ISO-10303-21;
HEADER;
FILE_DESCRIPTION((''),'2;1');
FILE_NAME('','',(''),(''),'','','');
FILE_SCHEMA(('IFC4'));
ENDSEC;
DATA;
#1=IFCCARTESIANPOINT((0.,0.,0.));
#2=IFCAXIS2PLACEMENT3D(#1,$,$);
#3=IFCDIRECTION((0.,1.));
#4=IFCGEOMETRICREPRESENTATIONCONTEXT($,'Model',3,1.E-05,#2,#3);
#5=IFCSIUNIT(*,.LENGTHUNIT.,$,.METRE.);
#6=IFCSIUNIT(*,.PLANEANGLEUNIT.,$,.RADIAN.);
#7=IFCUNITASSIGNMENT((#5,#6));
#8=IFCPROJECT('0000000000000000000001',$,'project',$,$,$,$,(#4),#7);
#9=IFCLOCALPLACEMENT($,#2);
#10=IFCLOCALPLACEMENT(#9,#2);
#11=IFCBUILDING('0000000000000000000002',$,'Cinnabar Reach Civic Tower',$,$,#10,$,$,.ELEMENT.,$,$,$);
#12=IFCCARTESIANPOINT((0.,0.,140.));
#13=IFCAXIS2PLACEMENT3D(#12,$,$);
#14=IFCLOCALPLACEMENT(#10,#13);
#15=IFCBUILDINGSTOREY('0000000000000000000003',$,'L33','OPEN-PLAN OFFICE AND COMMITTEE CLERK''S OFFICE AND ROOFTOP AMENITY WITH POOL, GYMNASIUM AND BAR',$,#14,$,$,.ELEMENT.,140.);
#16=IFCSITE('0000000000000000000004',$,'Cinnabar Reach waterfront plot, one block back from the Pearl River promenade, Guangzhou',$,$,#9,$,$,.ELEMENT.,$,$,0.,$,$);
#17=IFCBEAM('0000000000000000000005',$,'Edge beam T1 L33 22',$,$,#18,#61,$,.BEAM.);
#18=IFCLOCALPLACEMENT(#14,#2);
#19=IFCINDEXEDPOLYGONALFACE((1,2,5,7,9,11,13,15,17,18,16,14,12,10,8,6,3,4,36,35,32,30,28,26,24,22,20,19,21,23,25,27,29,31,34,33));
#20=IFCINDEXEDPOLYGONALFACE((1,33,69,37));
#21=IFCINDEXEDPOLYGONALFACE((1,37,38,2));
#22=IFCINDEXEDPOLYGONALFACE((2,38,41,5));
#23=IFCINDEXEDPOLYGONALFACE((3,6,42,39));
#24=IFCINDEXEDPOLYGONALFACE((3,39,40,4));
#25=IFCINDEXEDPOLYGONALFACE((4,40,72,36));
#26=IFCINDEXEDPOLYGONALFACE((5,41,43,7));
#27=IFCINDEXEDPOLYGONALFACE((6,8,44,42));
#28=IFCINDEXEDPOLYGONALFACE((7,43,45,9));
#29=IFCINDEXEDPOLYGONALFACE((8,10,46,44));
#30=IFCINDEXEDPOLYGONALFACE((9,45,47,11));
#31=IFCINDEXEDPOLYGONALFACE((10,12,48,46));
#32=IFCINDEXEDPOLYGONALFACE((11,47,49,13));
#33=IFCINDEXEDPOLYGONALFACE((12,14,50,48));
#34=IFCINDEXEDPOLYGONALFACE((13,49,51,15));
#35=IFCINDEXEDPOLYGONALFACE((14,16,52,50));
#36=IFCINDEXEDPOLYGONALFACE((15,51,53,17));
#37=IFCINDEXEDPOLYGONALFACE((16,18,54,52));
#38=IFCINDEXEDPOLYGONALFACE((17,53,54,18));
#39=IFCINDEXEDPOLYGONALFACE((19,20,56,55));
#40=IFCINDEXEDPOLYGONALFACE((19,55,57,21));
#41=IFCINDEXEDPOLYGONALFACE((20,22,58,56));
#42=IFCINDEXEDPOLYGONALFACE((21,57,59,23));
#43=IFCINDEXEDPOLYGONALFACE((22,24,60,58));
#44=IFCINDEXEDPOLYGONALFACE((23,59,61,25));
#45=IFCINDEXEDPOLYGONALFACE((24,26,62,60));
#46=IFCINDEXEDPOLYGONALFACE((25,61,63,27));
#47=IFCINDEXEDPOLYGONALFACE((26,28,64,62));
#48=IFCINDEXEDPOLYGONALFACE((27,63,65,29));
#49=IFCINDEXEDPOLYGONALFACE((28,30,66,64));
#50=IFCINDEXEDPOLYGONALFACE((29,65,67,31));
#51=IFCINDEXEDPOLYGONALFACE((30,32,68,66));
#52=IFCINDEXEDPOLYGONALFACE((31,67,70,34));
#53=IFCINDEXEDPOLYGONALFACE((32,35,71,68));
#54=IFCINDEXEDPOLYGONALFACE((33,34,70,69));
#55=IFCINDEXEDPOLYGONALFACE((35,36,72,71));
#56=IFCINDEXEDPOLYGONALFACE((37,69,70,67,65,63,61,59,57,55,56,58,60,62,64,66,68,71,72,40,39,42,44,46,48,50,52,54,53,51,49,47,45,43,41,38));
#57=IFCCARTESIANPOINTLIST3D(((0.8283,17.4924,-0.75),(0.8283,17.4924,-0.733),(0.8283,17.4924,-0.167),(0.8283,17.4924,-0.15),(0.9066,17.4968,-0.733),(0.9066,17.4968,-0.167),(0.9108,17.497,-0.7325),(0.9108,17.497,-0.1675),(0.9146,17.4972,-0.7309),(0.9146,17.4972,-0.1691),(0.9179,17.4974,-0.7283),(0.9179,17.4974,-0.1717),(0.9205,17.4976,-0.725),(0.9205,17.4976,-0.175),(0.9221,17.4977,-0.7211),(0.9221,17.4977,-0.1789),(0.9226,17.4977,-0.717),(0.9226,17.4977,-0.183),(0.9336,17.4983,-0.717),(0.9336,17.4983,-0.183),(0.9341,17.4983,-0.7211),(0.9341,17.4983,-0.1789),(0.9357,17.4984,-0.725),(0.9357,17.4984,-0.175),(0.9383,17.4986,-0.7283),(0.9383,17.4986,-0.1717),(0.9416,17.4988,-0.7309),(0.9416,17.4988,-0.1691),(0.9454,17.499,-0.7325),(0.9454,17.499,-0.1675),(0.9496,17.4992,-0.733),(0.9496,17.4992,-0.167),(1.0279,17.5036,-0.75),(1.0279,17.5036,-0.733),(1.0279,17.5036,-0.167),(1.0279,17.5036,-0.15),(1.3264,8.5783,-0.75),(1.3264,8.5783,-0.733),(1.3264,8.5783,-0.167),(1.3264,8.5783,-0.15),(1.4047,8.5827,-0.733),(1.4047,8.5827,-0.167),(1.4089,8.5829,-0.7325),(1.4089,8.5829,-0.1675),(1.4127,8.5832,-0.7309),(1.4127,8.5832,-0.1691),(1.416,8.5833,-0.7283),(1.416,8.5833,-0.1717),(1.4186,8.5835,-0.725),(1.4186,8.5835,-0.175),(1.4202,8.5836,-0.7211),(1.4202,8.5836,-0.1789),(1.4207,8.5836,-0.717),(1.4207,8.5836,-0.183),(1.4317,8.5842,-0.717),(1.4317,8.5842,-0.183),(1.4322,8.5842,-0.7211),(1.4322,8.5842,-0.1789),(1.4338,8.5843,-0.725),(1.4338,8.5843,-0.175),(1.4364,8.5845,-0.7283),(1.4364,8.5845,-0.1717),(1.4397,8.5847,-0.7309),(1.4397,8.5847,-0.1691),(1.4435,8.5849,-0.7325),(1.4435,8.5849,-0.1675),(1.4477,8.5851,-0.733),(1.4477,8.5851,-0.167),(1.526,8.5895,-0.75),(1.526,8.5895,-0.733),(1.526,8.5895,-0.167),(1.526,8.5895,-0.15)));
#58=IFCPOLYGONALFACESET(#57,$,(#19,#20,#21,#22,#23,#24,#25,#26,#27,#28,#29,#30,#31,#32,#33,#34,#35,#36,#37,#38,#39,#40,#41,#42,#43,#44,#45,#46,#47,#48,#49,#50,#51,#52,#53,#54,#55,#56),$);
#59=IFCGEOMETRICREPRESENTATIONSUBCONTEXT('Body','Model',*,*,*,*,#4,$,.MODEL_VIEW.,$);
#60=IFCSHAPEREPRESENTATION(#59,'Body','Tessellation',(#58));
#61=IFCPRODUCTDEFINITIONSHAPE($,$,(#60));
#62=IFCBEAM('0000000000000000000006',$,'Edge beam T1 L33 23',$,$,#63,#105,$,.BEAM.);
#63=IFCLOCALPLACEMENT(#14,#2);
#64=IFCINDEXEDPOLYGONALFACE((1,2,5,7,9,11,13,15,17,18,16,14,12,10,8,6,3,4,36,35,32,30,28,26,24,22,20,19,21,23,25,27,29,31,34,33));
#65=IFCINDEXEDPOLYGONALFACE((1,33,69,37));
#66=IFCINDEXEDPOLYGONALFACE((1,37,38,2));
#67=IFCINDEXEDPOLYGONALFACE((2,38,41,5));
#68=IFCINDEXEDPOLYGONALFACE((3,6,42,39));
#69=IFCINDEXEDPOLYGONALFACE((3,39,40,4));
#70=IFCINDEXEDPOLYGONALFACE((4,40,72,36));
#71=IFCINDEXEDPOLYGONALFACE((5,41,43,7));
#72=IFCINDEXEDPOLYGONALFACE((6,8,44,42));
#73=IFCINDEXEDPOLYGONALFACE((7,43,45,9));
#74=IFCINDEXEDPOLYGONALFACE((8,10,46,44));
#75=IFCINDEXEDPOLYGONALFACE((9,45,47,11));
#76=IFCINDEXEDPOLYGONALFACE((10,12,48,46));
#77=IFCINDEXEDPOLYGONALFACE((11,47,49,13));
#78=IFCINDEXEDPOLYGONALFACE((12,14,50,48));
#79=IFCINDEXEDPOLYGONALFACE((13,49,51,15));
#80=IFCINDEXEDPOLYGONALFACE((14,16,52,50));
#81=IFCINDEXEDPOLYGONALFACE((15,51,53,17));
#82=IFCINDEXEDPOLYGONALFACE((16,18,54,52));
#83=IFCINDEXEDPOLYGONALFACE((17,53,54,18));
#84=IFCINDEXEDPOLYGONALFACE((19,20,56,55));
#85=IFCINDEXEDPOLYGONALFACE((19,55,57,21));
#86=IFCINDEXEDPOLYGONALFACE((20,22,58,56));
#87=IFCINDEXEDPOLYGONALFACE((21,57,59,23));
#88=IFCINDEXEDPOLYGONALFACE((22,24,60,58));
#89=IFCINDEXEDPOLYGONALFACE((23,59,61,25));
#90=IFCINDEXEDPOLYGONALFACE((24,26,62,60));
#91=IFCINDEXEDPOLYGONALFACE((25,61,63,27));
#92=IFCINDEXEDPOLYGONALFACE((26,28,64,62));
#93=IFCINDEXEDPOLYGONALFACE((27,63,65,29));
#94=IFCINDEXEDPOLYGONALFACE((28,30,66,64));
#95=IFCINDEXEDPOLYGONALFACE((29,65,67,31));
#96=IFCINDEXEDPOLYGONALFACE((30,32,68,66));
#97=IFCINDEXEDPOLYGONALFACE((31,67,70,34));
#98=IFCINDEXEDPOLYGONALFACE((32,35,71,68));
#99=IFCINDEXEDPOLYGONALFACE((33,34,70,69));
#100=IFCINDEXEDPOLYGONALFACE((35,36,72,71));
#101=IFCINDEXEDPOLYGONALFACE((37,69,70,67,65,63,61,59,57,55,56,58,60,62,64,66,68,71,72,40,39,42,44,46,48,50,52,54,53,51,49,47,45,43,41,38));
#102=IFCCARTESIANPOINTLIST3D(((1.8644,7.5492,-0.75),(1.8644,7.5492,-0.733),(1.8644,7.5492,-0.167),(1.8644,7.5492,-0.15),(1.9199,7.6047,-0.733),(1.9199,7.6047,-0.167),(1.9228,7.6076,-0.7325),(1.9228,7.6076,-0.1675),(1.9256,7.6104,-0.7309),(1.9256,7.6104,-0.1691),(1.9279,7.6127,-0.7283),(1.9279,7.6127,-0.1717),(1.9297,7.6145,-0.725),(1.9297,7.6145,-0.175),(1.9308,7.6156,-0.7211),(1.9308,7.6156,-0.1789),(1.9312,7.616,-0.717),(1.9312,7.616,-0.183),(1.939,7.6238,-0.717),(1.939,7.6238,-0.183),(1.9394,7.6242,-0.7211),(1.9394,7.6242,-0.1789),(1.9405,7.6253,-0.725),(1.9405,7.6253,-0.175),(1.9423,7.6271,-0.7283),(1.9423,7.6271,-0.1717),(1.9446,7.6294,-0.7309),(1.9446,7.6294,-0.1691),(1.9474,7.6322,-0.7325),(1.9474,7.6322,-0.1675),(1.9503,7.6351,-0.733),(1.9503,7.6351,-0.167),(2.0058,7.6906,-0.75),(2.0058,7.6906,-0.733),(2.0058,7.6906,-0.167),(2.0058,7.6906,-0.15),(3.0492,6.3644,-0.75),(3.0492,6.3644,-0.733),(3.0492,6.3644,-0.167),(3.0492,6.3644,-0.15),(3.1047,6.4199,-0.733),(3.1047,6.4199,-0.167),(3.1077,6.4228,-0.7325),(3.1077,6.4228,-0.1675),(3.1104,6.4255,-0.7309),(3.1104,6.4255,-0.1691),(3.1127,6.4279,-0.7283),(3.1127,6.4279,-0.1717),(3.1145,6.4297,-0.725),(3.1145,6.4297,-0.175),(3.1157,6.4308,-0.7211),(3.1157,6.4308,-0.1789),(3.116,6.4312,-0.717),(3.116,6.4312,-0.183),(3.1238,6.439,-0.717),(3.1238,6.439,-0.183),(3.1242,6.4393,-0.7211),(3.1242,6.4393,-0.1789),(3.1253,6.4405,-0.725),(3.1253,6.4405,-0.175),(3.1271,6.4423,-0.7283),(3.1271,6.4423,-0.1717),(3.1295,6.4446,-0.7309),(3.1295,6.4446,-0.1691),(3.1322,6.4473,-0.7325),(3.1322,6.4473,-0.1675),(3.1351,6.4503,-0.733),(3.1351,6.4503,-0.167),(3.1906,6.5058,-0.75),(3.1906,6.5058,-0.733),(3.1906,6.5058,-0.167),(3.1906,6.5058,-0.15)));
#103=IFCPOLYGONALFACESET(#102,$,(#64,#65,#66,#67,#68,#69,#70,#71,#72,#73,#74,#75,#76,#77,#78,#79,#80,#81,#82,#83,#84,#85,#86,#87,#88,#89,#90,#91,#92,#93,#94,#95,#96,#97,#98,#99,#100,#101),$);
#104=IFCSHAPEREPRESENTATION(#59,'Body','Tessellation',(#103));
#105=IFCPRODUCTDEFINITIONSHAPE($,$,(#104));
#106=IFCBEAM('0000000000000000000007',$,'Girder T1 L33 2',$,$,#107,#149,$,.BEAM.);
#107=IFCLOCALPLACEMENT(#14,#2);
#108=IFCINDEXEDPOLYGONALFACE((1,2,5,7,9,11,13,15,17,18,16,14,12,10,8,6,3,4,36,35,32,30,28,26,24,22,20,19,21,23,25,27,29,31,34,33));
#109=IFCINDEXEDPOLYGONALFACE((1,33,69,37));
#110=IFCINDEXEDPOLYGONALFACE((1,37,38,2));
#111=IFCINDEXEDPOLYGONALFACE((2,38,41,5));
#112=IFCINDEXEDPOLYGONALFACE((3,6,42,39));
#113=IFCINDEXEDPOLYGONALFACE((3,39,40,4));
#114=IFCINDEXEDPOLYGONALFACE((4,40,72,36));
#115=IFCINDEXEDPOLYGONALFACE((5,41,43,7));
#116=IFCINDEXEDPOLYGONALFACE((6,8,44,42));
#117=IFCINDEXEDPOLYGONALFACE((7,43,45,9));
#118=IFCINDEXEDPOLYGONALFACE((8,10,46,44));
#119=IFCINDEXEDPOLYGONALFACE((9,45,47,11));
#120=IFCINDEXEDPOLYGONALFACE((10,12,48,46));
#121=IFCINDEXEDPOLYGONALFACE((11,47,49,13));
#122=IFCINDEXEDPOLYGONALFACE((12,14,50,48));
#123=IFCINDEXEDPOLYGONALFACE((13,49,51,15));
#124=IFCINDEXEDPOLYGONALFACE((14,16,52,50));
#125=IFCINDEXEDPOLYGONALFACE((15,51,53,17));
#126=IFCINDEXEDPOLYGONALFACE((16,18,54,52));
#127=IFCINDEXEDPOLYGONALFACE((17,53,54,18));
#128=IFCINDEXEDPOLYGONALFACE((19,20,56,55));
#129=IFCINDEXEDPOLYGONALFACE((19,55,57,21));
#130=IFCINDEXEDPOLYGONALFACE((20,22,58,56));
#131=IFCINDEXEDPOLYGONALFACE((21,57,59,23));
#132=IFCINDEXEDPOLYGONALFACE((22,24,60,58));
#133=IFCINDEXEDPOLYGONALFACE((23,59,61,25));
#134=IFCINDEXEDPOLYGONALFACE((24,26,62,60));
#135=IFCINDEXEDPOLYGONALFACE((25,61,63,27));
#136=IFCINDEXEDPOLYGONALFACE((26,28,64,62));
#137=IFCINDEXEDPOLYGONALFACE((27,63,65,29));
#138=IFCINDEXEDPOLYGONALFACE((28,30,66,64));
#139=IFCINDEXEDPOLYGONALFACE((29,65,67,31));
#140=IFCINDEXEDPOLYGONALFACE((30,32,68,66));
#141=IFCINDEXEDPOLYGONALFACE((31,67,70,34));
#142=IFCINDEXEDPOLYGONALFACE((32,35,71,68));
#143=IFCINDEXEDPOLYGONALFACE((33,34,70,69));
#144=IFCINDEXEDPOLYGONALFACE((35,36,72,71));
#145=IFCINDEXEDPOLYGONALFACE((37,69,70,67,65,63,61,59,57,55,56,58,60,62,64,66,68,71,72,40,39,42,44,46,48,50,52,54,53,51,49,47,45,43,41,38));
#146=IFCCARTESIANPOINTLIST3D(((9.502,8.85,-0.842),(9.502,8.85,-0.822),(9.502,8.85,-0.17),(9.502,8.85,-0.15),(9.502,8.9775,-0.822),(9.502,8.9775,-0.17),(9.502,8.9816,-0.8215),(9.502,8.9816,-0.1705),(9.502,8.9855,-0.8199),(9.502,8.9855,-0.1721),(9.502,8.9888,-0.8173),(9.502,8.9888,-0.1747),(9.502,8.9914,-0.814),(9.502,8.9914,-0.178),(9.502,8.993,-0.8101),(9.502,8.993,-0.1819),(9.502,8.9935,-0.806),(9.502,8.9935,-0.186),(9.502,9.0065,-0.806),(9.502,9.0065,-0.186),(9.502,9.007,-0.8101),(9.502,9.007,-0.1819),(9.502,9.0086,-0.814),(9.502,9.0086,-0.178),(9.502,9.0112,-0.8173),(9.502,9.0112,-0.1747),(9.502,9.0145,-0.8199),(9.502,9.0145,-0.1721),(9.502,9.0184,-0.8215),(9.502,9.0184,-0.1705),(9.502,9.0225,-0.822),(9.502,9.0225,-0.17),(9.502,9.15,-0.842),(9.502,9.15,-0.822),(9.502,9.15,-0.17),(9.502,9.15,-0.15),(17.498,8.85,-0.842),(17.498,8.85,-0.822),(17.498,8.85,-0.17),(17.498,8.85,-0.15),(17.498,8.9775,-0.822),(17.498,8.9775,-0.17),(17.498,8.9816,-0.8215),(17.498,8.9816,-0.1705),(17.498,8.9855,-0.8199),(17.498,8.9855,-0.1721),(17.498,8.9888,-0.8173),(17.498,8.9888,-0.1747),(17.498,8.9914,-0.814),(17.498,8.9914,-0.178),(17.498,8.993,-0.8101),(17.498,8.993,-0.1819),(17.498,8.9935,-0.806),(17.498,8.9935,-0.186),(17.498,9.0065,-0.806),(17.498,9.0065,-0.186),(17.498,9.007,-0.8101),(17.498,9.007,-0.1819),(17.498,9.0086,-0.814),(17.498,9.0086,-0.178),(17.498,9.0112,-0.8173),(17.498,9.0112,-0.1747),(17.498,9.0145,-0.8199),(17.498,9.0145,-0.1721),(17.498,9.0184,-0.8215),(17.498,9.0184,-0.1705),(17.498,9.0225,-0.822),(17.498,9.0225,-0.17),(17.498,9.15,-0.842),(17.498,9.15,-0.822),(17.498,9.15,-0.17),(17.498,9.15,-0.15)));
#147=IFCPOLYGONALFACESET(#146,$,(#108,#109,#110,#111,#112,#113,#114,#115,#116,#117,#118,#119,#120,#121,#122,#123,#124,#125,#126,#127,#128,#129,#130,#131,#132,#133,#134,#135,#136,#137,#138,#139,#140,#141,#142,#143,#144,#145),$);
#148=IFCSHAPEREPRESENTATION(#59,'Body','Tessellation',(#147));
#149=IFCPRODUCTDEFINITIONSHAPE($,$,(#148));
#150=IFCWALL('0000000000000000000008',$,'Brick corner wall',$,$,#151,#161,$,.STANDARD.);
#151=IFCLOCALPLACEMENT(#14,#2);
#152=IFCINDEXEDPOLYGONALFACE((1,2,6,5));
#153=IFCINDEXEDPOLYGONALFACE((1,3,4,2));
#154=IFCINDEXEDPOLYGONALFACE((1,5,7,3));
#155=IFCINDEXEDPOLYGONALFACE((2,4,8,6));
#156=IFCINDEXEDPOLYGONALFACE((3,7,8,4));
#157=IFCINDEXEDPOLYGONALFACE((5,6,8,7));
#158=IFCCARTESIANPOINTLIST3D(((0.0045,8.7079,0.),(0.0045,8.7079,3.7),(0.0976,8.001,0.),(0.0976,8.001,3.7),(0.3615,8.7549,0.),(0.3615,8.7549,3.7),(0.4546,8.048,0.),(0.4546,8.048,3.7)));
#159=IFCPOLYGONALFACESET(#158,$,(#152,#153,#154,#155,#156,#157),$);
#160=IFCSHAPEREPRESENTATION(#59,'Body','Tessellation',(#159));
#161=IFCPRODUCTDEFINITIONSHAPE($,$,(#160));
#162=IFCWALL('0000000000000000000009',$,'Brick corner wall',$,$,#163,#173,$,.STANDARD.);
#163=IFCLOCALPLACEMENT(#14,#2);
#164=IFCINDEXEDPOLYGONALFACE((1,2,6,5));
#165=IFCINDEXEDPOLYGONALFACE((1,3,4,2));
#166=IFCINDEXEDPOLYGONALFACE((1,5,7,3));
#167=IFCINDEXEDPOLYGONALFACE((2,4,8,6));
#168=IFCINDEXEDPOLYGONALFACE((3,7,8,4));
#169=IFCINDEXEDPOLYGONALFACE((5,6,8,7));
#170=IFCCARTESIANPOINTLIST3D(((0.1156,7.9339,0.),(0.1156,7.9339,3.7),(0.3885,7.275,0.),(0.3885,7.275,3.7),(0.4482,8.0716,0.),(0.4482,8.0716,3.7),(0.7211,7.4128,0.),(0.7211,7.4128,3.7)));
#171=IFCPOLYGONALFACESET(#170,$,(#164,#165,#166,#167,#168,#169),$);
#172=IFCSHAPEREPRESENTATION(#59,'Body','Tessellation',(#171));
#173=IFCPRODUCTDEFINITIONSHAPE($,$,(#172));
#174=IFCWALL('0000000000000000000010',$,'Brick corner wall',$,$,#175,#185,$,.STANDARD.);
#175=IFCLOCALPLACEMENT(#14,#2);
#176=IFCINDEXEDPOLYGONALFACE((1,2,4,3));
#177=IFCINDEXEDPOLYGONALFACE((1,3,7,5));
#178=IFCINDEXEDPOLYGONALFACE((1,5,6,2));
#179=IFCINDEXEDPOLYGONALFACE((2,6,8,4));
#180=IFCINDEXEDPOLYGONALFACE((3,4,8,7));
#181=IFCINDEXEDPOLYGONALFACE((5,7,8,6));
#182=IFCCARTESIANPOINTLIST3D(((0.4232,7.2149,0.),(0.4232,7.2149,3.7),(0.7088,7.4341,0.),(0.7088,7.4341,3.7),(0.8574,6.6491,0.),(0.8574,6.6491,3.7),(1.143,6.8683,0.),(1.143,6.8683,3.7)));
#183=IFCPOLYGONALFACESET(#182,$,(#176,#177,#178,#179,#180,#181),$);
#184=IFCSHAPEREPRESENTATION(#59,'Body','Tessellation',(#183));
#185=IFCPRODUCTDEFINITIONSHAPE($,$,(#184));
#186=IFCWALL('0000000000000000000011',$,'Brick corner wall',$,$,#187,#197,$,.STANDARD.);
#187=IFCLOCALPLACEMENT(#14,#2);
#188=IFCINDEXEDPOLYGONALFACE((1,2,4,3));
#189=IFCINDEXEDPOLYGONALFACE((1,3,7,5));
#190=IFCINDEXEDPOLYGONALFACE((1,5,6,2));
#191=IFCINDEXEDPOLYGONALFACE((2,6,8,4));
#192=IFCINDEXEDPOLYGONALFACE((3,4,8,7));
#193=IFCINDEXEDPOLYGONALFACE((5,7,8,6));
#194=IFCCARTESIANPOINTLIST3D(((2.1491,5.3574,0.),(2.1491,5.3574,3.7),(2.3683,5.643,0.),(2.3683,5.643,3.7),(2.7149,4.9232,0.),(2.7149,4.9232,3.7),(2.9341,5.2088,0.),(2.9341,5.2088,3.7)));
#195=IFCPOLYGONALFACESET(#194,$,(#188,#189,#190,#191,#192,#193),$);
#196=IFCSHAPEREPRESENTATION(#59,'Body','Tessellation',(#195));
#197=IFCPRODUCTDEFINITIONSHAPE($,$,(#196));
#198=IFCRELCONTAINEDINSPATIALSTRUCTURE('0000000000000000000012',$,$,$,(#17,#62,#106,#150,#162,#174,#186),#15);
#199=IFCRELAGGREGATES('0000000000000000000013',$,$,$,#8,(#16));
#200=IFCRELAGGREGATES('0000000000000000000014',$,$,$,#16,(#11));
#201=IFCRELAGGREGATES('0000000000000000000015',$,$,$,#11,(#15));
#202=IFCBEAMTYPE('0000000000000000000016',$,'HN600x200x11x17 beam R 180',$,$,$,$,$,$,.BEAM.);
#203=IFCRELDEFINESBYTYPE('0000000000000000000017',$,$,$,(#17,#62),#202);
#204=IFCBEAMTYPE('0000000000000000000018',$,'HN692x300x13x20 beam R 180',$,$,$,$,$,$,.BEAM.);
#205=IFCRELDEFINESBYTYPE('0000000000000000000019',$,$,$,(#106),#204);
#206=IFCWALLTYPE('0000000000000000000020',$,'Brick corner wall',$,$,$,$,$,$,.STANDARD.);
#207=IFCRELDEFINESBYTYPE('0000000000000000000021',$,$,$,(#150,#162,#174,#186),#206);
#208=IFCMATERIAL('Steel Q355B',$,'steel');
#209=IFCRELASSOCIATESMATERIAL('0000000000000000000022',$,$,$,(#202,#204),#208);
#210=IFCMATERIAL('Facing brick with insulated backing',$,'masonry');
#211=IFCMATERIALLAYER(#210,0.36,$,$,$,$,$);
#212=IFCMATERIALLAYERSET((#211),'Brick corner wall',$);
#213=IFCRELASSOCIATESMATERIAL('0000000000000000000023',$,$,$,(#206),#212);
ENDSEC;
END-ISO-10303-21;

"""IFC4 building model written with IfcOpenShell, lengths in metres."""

from ifc_helpers import new_model, si_unit, direction, frame, frame_2d, origin, origin_2d, place, context, subcontext, project, spatial, rectangle, i_section, extrude, material, layer, layer_set, material_profile, profile_set, type_object, element, save


model = new_model("IFC4")

# Units and contexts
model_context = context("Model", 3, precision=1e-05, world=origin(), true_north=direction((0.0, 1.0)))
body_context = subcontext(model_context, "Body", "Model", "MODEL_VIEW")
ifc_project = project(units=[si_unit("LENGTHUNIT", "METRE"), si_unit("PLANEANGLEUNIT", "RADIAN")], contexts=[model_context])

# Site, building, storey
site_placement = place(None, origin())
site = spatial("IfcSite", under=ifc_project, at=site_placement, Name="Cinnabar Reach waterfront plot, one block back from the Pearl River promenade, Guangzhou", CompositionType="ELEMENT", RefElevation=0.0)
building_placement = place(site_placement, origin())
building = spatial("IfcBuilding", under=site, at=building_placement, Name="Cinnabar Reach Civic Tower", CompositionType="ELEMENT")
storey_placement = place(building_placement, frame((0.0, 0.0, 140.0)))
storey = spatial("IfcBuildingStorey", under=building, at=storey_placement, Name="L33", Description="OPEN-PLAN OFFICE AND COMMITTEE CLERK'S OFFICE AND ROOFTOP AMENITY WITH POOL, GYMNASIUM AND BAR", CompositionType="ELEMENT", Elevation=140.0)

# Beams
ifc_material_1 = material(Name="Steel Q355B", Category="steel")
ifc_material_profile_1 = material_profile(ifc_material_1, i_section(OverallWidth=0.2, OverallDepth=0.6, WebThickness=0.011, FlangeThickness=0.017, FilletRadius=0.016, at=origin_2d()), Name="HN600x200x11x17")
ifc_profile_set_1 = profile_set([ifc_material_profile_1], Name="Steel Q355B")
beam_type_1 = type_object("IfcBeamType", Name="HN600x200x11x17 beam R 180", PredefinedType="BEAM", material=ifc_profile_set_1)
beam_1_placement = place(storey_placement, frame((0.9281, 17.498, -0.45), z_axis=(0.055791, -0.998442, 0.0), x_axis=(0.998442, 0.055791, 0.0)))
element("IfcBeam", 1, at=beam_1_placement, inside=storey, type_object=beam_type_1, Name="Edge beam T1 L33 22", PredefinedType="BEAM", context=body_context, shape_type="SweptSolid", body=[
    extrude(i_section(OverallWidth=0.2, OverallDepth=0.6, WebThickness=0.011, FlangeThickness=0.017, FilletRadius=0.016, at=origin_2d()), origin(), (0.0, 0.0, 1.0), 8.928),
])
beam_2_placement = place(storey_placement, frame((1.9351, 7.6199, -0.45), z_axis=(0.707107, -0.707107, 0.0), x_axis=(0.707107, 0.707107, 0.0)))
element("IfcBeam", 2, at=beam_2_placement, inside=storey, type_object=beam_type_1, Name="Edge beam T1 L33 23", PredefinedType="BEAM", context=body_context, shape_type="SweptSolid", body=[
    extrude(i_section(OverallWidth=0.2, OverallDepth=0.6, WebThickness=0.011, FlangeThickness=0.017, FilletRadius=0.016, at=origin_2d()), origin(), (0.0, 0.0, 1.0), 1.6756),
])
ifc_material_profile_2 = material_profile(ifc_material_1, i_section(OverallWidth=0.3, OverallDepth=0.692, WebThickness=0.013, FlangeThickness=0.02, FilletRadius=0.016, at=origin_2d()), Name="HN692x300x13x20")
ifc_profile_set_2 = profile_set([ifc_material_profile_2], Name="Steel Q355B")
beam_type_2 = type_object("IfcBeamType", Name="HN692x300x13x20 beam R 180", PredefinedType="BEAM", material=ifc_profile_set_2)
beam_3_placement = place(storey_placement, frame((9.502, 9.0, -0.496), z_axis=(1.0, 0.0, 0.0), x_axis=(0.0, 1.0, 0.0)))
element("IfcBeam", 3, at=beam_3_placement, inside=storey, type_object=beam_type_2, Name="Girder T1 L33 2", PredefinedType="BEAM", context=body_context, shape_type="SweptSolid", body=[
    extrude(i_section(OverallWidth=0.3, OverallDepth=0.692, WebThickness=0.013, FlangeThickness=0.02, FilletRadius=0.016, at=origin_2d()), origin(), (0.0, 0.0, 1.0), 7.996),
])

# Walls
ifc_material_2 = material(Name="Facing brick with insulated backing", Category="masonry")
ifc_layer_1 = layer(ifc_material_2, 0.36)
ifc_layer_set_1 = layer_set([ifc_layer_1], Name="Brick corner wall")
wall_type_1 = type_object("IfcWallType", Name="Brick corner wall", PredefinedType="STANDARD", material=ifc_layer_set_1)
for number, where, z_axis, x_axis, name in (
    (4, (0.183, 8.7314, 0.0), (0.0, 0.0, 1.0), (0.130556, -0.991441, 0.0), "Brick corner wall"),
    (5, (0.2819, 8.0027, 0.0), (0.0, 0.0, 1.0), (0.382703, -0.923872, 0.0), "Brick corner wall"),
):
    element("IfcWall", number, at=place(storey_placement, frame(where, z_axis=z_axis, x_axis=x_axis)), inside=storey, type_object=wall_type_1, Name=name, PredefinedType="STANDARD", context=body_context, shape_type="SweptSolid", body=[
        extrude(rectangle(XDim=0.7131, YDim=0.36, at=frame_2d((0.3565, 0.0))), origin(), (0.0, 0.0, 1.0), 3.7),
    ])
for number, where, z_axis, x_axis, name in (
    (6, (0.566, 7.3245, 0.0), (0.0, 0.0, 1.0), (0.608802, -0.793322, 0.0), "Brick corner wall"),
    (7, (2.2587, 5.5002, 0.0), (0.0, 0.0, 1.0), (0.793322, -0.608802, 0.0), "Brick corner wall"),
):
    element("IfcWall", number, at=place(storey_placement, frame(where, z_axis=z_axis, x_axis=x_axis)), inside=storey, type_object=wall_type_1, Name=name, PredefinedType="STANDARD", context=body_context, shape_type="SweptSolid", body=[
        extrude(rectangle(XDim=0.7132, YDim=0.36, at=frame_2d((0.3566, 0.0))), origin(), (0.0, 0.0, 1.0), 3.7),
    ])

save(model, "model.ifc")
